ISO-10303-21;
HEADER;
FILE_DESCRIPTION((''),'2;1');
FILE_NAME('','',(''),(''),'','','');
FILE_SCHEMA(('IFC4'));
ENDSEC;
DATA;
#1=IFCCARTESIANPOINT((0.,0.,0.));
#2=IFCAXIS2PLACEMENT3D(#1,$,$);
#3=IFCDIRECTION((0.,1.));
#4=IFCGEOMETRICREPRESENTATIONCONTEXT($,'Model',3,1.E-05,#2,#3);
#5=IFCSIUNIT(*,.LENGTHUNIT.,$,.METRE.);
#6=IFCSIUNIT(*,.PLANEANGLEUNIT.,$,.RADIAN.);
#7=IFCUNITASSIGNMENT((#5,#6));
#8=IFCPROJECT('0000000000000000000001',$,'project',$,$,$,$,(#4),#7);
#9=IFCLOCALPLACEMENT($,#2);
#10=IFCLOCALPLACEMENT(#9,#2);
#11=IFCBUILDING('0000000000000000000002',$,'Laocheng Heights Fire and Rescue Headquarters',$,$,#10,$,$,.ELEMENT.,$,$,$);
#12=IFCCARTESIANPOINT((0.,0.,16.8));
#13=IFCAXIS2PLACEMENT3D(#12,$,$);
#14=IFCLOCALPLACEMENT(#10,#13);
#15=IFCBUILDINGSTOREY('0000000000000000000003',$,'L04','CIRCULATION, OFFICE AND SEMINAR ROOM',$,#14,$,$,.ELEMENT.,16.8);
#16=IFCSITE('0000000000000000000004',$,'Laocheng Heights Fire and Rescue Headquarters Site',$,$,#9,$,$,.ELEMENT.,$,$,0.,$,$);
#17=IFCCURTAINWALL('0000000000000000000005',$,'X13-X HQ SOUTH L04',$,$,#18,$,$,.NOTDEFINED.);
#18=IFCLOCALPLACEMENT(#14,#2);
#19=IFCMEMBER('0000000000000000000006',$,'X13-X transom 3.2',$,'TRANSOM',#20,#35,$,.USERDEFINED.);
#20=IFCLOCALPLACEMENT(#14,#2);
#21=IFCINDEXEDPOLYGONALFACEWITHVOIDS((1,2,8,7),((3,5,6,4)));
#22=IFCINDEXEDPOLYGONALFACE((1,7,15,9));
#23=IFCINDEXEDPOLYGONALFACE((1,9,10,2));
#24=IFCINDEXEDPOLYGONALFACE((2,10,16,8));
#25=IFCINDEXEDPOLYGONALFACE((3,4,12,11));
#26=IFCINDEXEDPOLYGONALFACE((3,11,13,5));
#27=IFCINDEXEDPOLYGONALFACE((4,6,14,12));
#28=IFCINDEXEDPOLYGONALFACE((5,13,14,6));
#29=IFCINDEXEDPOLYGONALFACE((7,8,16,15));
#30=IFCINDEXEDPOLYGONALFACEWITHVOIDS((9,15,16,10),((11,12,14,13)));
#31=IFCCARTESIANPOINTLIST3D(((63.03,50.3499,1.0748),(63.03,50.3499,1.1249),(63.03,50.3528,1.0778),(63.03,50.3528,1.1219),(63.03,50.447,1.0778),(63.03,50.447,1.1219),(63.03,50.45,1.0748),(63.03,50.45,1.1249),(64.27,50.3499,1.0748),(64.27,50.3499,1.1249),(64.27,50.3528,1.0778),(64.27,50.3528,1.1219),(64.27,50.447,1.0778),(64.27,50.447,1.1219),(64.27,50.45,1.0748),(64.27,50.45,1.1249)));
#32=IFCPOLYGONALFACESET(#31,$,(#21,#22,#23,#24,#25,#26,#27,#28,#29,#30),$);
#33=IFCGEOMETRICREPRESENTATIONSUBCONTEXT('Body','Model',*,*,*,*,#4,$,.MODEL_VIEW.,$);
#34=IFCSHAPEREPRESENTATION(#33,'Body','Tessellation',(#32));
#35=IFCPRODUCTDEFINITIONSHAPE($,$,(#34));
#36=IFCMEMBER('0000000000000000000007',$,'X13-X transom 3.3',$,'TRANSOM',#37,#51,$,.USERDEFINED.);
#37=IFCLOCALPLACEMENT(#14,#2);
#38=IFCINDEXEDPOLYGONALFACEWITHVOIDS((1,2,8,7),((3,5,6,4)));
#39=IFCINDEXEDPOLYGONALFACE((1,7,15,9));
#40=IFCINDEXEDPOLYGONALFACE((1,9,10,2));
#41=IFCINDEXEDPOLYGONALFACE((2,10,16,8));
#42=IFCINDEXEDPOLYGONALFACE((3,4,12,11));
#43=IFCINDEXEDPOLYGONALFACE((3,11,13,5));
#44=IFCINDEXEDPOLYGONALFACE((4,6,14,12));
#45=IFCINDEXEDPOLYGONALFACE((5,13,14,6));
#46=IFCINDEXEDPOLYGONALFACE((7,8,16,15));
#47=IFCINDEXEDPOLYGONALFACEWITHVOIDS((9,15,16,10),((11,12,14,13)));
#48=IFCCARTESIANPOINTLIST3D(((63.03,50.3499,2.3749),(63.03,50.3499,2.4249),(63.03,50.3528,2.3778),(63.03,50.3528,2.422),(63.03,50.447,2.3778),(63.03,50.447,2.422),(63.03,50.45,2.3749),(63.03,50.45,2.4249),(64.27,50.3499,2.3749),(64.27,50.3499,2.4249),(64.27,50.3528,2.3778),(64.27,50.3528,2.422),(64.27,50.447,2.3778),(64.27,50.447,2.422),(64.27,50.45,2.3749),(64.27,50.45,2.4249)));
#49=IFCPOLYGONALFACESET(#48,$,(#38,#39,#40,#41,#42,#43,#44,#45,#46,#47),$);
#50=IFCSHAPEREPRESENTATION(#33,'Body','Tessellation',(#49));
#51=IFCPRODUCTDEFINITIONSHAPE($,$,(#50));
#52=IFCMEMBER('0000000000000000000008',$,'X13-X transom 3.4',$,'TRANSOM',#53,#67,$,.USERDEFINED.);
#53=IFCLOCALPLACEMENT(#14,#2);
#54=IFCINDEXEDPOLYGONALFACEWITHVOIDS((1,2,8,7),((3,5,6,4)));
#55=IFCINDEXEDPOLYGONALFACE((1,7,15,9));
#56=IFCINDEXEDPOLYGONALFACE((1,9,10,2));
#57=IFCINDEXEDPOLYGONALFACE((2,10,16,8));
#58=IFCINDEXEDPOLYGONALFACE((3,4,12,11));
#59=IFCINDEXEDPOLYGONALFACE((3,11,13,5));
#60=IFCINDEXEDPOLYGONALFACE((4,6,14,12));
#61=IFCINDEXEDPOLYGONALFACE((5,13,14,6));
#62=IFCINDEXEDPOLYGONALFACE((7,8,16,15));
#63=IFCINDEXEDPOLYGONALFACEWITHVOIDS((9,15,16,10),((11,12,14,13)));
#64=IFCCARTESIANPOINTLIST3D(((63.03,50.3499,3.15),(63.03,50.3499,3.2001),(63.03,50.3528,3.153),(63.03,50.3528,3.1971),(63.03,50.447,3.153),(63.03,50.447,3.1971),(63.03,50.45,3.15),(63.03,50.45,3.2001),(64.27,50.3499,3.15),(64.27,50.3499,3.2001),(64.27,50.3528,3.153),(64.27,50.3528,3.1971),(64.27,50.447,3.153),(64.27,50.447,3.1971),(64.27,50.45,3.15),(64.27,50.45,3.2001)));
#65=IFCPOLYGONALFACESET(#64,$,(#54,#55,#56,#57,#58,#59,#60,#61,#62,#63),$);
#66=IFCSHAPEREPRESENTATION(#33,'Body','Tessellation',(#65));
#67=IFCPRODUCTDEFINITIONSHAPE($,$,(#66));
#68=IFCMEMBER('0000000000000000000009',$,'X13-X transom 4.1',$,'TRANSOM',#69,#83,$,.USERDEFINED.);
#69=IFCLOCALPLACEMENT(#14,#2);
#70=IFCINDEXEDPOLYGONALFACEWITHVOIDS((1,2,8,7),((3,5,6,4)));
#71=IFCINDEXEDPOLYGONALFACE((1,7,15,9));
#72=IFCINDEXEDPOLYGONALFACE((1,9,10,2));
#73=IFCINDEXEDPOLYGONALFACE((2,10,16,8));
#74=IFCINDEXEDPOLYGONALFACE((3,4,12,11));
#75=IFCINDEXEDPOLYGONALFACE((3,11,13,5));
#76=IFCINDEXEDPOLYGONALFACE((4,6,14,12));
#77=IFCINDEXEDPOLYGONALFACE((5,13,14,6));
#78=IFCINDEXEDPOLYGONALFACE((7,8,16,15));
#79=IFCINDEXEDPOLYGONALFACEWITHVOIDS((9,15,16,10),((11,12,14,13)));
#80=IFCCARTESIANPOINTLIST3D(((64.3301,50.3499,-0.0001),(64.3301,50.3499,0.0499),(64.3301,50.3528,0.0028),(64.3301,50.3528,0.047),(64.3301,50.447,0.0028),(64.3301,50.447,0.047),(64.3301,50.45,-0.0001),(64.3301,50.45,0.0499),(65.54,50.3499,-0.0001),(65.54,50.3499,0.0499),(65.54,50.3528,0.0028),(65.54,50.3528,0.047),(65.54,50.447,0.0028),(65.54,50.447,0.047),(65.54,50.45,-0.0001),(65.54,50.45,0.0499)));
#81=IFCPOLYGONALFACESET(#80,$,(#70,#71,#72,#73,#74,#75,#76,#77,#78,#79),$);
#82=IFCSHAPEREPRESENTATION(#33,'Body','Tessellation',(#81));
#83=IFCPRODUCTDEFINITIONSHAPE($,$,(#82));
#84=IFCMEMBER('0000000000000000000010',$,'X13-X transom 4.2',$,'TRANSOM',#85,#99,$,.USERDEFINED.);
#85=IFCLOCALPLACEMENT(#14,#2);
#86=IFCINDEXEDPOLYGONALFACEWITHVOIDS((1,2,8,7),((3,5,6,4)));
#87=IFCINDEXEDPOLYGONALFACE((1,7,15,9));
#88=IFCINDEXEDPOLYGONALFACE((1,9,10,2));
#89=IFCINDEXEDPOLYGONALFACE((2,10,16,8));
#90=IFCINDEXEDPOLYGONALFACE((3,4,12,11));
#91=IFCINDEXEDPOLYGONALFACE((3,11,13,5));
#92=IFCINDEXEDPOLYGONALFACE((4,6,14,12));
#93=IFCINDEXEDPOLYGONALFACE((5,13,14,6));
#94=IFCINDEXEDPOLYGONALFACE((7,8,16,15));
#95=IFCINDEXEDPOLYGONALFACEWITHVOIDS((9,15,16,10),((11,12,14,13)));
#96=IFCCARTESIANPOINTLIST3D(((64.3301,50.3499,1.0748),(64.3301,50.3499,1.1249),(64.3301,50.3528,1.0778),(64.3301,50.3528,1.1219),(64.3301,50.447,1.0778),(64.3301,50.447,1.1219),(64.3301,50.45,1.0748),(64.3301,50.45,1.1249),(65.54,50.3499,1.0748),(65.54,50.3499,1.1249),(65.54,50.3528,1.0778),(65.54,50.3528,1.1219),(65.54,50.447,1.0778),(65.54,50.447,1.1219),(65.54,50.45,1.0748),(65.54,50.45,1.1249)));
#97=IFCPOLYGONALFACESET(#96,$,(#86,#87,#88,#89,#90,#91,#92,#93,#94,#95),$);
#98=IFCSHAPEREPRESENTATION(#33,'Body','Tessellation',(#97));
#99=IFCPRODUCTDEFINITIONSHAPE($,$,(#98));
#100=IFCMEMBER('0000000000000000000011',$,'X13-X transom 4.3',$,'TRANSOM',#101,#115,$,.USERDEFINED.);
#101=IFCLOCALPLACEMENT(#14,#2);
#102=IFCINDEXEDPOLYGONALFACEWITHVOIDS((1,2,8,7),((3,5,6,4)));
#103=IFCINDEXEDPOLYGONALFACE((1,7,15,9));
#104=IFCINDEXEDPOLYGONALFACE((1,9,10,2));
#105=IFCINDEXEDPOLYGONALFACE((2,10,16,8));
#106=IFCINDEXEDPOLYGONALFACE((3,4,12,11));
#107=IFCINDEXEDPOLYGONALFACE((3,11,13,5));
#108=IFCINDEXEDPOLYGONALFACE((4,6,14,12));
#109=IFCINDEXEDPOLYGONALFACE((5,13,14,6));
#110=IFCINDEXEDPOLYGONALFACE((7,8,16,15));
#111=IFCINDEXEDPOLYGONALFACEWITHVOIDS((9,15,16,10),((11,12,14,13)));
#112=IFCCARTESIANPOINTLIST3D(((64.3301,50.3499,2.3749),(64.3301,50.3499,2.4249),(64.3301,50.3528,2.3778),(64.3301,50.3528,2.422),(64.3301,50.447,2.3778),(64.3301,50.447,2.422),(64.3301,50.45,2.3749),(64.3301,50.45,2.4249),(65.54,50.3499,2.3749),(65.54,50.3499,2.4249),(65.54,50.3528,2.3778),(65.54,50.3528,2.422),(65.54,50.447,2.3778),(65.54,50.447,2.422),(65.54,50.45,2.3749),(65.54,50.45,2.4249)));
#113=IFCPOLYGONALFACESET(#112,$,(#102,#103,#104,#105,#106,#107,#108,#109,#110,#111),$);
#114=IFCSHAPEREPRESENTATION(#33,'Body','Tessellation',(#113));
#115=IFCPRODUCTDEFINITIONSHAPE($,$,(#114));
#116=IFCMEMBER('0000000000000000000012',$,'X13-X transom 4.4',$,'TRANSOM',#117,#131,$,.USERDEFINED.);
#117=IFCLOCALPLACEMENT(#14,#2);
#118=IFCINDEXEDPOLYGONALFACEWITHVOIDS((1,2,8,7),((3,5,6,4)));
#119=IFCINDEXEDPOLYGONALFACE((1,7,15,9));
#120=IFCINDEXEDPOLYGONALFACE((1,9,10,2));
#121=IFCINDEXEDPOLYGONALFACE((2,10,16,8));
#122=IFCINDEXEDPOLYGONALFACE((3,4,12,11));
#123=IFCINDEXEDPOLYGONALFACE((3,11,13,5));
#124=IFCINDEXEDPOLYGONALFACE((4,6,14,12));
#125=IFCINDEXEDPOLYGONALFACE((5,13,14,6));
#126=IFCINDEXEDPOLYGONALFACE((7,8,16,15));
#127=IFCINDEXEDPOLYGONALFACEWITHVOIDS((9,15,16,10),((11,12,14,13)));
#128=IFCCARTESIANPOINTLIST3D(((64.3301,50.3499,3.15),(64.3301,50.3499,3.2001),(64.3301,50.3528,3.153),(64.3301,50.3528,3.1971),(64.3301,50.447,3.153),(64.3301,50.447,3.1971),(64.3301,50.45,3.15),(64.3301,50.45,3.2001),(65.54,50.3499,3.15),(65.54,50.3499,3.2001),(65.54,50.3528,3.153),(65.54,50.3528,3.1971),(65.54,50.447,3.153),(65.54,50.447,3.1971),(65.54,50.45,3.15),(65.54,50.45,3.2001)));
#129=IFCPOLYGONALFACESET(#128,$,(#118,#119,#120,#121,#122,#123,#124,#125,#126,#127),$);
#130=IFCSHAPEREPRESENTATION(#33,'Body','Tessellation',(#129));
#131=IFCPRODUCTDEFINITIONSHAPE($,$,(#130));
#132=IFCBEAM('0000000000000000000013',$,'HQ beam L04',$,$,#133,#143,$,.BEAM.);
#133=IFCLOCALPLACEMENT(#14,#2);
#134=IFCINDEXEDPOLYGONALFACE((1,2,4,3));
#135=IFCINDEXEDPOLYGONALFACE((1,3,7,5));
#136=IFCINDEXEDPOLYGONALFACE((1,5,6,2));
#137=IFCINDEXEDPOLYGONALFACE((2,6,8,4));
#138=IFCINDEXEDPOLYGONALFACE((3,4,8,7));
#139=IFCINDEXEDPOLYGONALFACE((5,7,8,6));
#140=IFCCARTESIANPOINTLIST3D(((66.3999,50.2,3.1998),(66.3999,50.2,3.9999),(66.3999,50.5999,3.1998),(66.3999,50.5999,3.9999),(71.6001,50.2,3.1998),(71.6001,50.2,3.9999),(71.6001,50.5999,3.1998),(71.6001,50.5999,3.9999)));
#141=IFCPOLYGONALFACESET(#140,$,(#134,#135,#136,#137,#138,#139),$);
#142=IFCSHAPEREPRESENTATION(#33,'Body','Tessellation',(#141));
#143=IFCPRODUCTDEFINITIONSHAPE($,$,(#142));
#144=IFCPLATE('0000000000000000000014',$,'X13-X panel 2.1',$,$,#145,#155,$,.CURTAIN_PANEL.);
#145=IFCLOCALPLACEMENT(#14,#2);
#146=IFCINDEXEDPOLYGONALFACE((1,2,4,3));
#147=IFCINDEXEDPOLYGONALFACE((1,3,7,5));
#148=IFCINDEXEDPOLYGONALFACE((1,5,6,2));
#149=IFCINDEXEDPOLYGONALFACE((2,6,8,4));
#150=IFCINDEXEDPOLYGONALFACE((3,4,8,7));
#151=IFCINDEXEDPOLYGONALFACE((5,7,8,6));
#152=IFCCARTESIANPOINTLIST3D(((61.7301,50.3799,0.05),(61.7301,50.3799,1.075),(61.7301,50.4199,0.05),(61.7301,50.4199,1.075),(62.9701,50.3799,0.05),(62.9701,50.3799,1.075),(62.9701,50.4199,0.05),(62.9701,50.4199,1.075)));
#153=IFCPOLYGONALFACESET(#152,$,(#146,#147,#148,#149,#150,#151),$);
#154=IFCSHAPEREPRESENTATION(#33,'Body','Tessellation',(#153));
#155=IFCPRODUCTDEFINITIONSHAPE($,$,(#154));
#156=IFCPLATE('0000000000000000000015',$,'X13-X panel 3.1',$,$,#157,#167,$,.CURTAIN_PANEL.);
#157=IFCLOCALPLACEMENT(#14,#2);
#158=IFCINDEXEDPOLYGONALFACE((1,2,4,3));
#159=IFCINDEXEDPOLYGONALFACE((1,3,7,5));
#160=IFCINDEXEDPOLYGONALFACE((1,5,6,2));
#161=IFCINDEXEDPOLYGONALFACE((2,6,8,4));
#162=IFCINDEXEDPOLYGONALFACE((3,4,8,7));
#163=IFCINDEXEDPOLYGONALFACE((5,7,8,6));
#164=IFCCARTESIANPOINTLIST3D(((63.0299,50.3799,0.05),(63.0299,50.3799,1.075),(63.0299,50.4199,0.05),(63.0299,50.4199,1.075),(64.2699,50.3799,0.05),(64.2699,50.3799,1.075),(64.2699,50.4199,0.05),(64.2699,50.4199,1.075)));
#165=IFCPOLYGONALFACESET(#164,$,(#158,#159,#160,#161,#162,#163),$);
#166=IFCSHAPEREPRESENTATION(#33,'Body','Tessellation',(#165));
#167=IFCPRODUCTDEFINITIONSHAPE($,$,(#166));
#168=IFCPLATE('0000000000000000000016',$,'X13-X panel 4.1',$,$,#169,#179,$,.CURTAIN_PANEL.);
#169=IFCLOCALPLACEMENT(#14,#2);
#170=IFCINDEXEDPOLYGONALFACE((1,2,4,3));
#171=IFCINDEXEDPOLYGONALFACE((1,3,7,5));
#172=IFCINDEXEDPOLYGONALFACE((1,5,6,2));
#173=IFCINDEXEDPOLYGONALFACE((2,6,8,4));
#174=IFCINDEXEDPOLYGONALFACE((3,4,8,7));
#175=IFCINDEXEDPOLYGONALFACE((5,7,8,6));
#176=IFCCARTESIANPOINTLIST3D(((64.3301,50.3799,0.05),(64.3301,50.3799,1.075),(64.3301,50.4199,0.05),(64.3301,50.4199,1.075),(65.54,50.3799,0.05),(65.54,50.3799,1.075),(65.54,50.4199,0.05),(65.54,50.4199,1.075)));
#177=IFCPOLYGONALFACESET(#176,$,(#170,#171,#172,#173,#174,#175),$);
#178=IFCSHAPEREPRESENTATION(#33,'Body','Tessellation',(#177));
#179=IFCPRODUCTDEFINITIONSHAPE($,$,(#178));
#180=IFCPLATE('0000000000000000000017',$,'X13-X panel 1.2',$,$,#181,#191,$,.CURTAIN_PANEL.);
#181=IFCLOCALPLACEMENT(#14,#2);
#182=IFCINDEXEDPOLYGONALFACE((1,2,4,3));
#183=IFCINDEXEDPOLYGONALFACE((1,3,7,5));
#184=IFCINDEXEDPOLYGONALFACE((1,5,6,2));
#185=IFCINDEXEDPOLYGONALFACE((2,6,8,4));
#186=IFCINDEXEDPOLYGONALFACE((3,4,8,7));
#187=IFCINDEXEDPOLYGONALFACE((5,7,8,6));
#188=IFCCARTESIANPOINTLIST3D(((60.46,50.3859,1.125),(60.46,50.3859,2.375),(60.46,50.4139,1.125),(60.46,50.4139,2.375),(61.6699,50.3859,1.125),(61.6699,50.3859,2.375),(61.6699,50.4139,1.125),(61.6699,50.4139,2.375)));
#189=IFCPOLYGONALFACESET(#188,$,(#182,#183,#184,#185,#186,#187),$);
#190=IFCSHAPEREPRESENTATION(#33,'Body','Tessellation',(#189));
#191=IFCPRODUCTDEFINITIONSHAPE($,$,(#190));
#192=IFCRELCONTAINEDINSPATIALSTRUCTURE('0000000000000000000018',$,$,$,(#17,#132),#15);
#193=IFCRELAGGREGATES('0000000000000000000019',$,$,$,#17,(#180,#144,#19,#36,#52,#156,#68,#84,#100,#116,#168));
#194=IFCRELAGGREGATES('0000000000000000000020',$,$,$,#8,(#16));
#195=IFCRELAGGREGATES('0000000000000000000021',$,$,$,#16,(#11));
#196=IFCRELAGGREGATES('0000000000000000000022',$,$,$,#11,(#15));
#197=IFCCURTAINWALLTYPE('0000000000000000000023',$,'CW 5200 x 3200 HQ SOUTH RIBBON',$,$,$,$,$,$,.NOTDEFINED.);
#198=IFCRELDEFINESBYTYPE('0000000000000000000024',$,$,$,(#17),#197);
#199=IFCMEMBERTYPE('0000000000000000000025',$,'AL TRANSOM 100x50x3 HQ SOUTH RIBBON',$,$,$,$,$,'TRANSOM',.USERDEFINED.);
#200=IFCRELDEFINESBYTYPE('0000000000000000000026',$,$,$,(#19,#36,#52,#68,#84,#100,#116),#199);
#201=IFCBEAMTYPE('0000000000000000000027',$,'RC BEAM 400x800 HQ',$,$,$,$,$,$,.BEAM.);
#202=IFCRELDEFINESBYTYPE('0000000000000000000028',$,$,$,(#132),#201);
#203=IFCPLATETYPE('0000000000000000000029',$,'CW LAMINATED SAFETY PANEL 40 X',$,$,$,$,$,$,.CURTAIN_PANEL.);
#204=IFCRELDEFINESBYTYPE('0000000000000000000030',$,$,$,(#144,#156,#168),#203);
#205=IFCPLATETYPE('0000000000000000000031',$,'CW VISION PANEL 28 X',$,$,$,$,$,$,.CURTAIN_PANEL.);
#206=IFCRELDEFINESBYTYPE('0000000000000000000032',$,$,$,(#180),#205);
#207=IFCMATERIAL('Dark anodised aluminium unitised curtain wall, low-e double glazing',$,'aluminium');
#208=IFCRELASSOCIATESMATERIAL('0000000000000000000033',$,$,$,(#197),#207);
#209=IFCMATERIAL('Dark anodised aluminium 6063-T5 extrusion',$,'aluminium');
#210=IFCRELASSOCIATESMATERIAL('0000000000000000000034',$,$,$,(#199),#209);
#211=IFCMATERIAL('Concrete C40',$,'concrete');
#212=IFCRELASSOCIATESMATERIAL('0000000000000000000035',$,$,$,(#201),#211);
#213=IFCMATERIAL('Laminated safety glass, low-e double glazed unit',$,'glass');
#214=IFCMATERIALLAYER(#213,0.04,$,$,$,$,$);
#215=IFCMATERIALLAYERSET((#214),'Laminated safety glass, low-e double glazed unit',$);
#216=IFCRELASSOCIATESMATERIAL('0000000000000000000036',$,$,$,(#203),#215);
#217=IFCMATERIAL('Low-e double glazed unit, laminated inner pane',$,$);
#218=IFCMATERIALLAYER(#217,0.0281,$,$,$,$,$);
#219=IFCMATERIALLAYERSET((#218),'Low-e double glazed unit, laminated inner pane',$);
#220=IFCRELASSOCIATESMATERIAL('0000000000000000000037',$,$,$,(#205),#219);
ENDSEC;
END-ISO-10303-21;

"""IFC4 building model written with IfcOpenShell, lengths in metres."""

from ifc_helpers import new_model, si_unit, direction, frame, origin, origin_2d, place, context, subcontext, project, spatial, rectangle, hollow_rectangle, extrude, material, layer, layer_set, material_profile, profile_set, type_object, element, aggregate, save


model = new_model("IFC4")

# Units and contexts
model_context = context("Model", 3, precision=1e-05, world=origin(), true_north=direction((0.0, 1.0)))
body_context = subcontext(model_context, "Body", "Model", "MODEL_VIEW")
ifc_project = project(units=[si_unit("LENGTHUNIT", "METRE"), si_unit("PLANEANGLEUNIT", "RADIAN")], contexts=[model_context])

# Site, building, storey
site_placement = place(None, origin())
site = spatial("IfcSite", under=ifc_project, at=site_placement, Name="Laocheng Heights Fire and Rescue Headquarters Site", CompositionType="ELEMENT", RefElevation=0.0)
building_placement = place(site_placement, origin())
building = spatial("IfcBuilding", under=site, at=building_placement, Name="Laocheng Heights Fire and Rescue Headquarters", CompositionType="ELEMENT")
storey_placement = place(building_placement, frame((0.0, 0.0, 16.8)))
storey = spatial("IfcBuildingStorey", under=building, at=storey_placement, Name="L04", Description="CIRCULATION, OFFICE AND SEMINAR ROOM", CompositionType="ELEMENT", Elevation=16.8)

# Curtain wall
ifc_material_1 = material(Name="Dark anodised aluminium unitised curtain wall, low-e double glazing", Category="aluminium")
curtain_wall_type = type_object("IfcCurtainWallType", Name="CW 5200 x 3200 HQ SOUTH RIBBON", PredefinedType="NOTDEFINED", material=ifc_material_1)
curtain_wall_1_placement = place(storey_placement, origin())
curtain_wall_1 = element("IfcCurtainWall", 1, at=curtain_wall_1_placement, inside=storey, type_object=curtain_wall_type, Name="X13-X HQ SOUTH L04", PredefinedType="NOTDEFINED")

# Members
ifc_material_2 = material(Name="Dark anodised aluminium 6063-T5 extrusion", Category="aluminium")
ifc_material_profile_1 = material_profile(ifc_material_2, hollow_rectangle(XDim=0.1001, YDim=0.05, WallThickness=0.0029, at=origin_2d()), Name="AL TRANSOM 100x50x3 HQ SOUTH RIBBON")
ifc_profile_set_1 = profile_set([ifc_material_profile_1], Name="Dark anodised aluminium 6063-T5 extrusion")
member_type_1 = type_object("IfcMemberType", Name="AL TRANSOM 100x50x3 HQ SOUTH RIBBON", ElementType="TRANSOM", PredefinedType="USERDEFINED", material=ifc_profile_set_1)
member_1_placement = place(storey_placement, frame((63.03, 50.3999, 1.0999), z_axis=(1.0, 0.0, 0.0), x_axis=(0.0, 1.0, 0.0)))
member_1 = element("IfcMember", 2, at=member_1_placement, type_object=member_type_1, Name="X13-X transom 3.2", ObjectType="TRANSOM", PredefinedType="USERDEFINED", context=body_context, shape_type="SweptSolid", body=[
    extrude(hollow_rectangle(XDim=0.1001, YDim=0.05, WallThickness=0.0029, at=origin_2d()), origin(), (0.0, 0.0, 1.0), 1.24),
])
member_2_placement = place(storey_placement, frame((63.03, 50.3999, 2.3999), z_axis=(1.0, 0.0, 0.0), x_axis=(0.0, 1.0, 0.0)))
member_2 = element("IfcMember", 3, at=member_2_placement, type_object=member_type_1, Name="X13-X transom 3.3", ObjectType="TRANSOM", PredefinedType="USERDEFINED", context=body_context, shape_type="SweptSolid", body=[
    extrude(hollow_rectangle(XDim=0.1001, YDim=0.05, WallThickness=0.0029, at=origin_2d()), origin(), (0.0, 0.0, 1.0), 1.24),
])
member_3_placement = place(storey_placement, frame((63.03, 50.3999, 3.175), z_axis=(1.0, 0.0, 0.0), x_axis=(0.0, 1.0, 0.0)))
member_3 = element("IfcMember", 4, at=member_3_placement, type_object=member_type_1, Name="X13-X transom 3.4", ObjectType="TRANSOM", PredefinedType="USERDEFINED", context=body_context, shape_type="SweptSolid", body=[
    extrude(hollow_rectangle(XDim=0.1001, YDim=0.05, WallThickness=0.0029, at=origin_2d()), origin(), (0.0, 0.0, 1.0), 1.24),
])
member_4_placement = place(storey_placement, frame((64.3301, 50.3999, 0.0249), z_axis=(1.0, 0.0, 0.0), x_axis=(0.0, 1.0, 0.0)))
member_4 = element("IfcMember", 5, at=member_4_placement, type_object=member_type_1, Name="X13-X transom 4.1", ObjectType="TRANSOM", PredefinedType="USERDEFINED", context=body_context, shape_type="SweptSolid", body=[
    extrude(hollow_rectangle(XDim=0.1001, YDim=0.05, WallThickness=0.0029, at=origin_2d()), origin(), (0.0, 0.0, 1.0), 1.21),
])
member_5_placement = place(storey_placement, frame((64.3301, 50.3999, 1.0999), z_axis=(1.0, 0.0, 0.0), x_axis=(0.0, 1.0, 0.0)))
member_5 = element("IfcMember", 6, at=member_5_placement, type_object=member_type_1, Name="X13-X transom 4.2", ObjectType="TRANSOM", PredefinedType="USERDEFINED", context=body_context, shape_type="SweptSolid", body=[
    extrude(hollow_rectangle(XDim=0.1001, YDim=0.05, WallThickness=0.0029, at=origin_2d()), origin(), (0.0, 0.0, 1.0), 1.21),
])
member_6_placement = place(storey_placement, frame((64.3301, 50.3999, 2.3999), z_axis=(1.0, 0.0, 0.0), x_axis=(0.0, 1.0, 0.0)))
member_6 = element("IfcMember", 7, at=member_6_placement, type_object=member_type_1, Name="X13-X transom 4.3", ObjectType="TRANSOM", PredefinedType="USERDEFINED", context=body_context, shape_type="SweptSolid", body=[
    extrude(hollow_rectangle(XDim=0.1001, YDim=0.05, WallThickness=0.0029, at=origin_2d()), origin(), (0.0, 0.0, 1.0), 1.21),
])
member_7_placement = place(storey_placement, frame((64.3301, 50.3999, 3.175), z_axis=(1.0, 0.0, 0.0), x_axis=(0.0, 1.0, 0.0)))
member_7 = element("IfcMember", 8, at=member_7_placement, type_object=member_type_1, Name="X13-X transom 4.4", ObjectType="TRANSOM", PredefinedType="USERDEFINED", context=body_context, shape_type="SweptSolid", body=[
    extrude(hollow_rectangle(XDim=0.1001, YDim=0.05, WallThickness=0.0029, at=origin_2d()), origin(), (0.0, 0.0, 1.0), 1.21),
])

# Beam
ifc_material_3 = material(Name="Concrete C40", Category="concrete")
ifc_material_profile_2 = material_profile(ifc_material_3, rectangle(XDim=0.3999, YDim=0.8, at=origin_2d()), Name="RC BEAM 400x800 HQ")
ifc_profile_set_2 = profile_set([ifc_material_profile_2], Name="Concrete C40")
beam_type = type_object("IfcBeamType", Name="RC BEAM 400x800 HQ", PredefinedType="BEAM", material=ifc_profile_set_2)
beam_placement = place(storey_placement, frame((66.3999, 50.3999, 3.5999), z_axis=(1.0, 0.0, 0.0), x_axis=(0.0, 1.0, 0.0)))
element("IfcBeam", 9, at=beam_placement, inside=storey, type_object=beam_type, Name="HQ beam L04", PredefinedType="BEAM", context=body_context, shape_type="SweptSolid", body=[
    extrude(rectangle(XDim=0.3999, YDim=0.8, at=origin_2d()), origin(), (0.0, 0.0, 1.0), 5.2002),
])

# Plates
ifc_material_4 = material(Name="Laminated safety glass, low-e double glazed unit", Category="glass")
ifc_layer_1 = layer(ifc_material_4, 0.04)
ifc_layer_set_1 = layer_set([ifc_layer_1], Name="Laminated safety glass, low-e double glazed unit")
plate_type_1 = type_object("IfcPlateType", Name="CW LAMINATED SAFETY PANEL 40 X", PredefinedType="CURTAIN_PANEL", material=ifc_layer_set_1)
plate_1_placement = place(storey_placement, frame((62.3501, 50.3999, 0.05), z_axis=(0.0, 0.0, 1.0), x_axis=(1.0, 0.0, 0.0)))
plate_1 = element("IfcPlate", 10, at=plate_1_placement, type_object=plate_type_1, Name="X13-X panel 2.1", PredefinedType="CURTAIN_PANEL", context=body_context, shape_type="SweptSolid", body=[
    extrude(rectangle(XDim=1.24, YDim=0.04, at=origin_2d()), origin(), (0.0, 0.0, 1.0), 1.0249),
])
plate_2_placement = place(storey_placement, frame((63.6499, 50.3999, 0.05), z_axis=(0.0, 0.0, 1.0), x_axis=(1.0, 0.0, 0.0)))
plate_2 = element("IfcPlate", 11, at=plate_2_placement, type_object=plate_type_1, Name="X13-X panel 3.1", PredefinedType="CURTAIN_PANEL", context=body_context, shape_type="SweptSolid", body=[
    extrude(rectangle(XDim=1.24, YDim=0.04, at=origin_2d()), origin(), (0.0, 0.0, 1.0), 1.0249),
])
plate_3_placement = place(storey_placement, frame((64.9351, 50.3999, 0.05), z_axis=(0.0, 0.0, 1.0), x_axis=(1.0, 0.0, 0.0)))
plate_3 = element("IfcPlate", 12, at=plate_3_placement, type_object=plate_type_1, Name="X13-X panel 4.1", PredefinedType="CURTAIN_PANEL", context=body_context, shape_type="SweptSolid", body=[
    extrude(rectangle(XDim=1.21, YDim=0.04, at=origin_2d()), origin(), (0.0, 0.0, 1.0), 1.0249),
])
ifc_material_5 = material(Name="Low-e double glazed unit, laminated inner pane")
ifc_layer_2 = layer(ifc_material_5, 0.0281)
ifc_layer_set_2 = layer_set([ifc_layer_2], Name="Low-e double glazed unit, laminated inner pane")
plate_type_2 = type_object("IfcPlateType", Name="CW VISION PANEL 28 X", PredefinedType="CURTAIN_PANEL", material=ifc_layer_set_2)
plate_4_placement = place(storey_placement, frame((61.0649, 50.3999, 1.125), z_axis=(0.0, 0.0, 1.0), x_axis=(1.0, 0.0, 0.0)))
plate_4 = element("IfcPlate", 13, at=plate_4_placement, type_object=plate_type_2, Name="X13-X panel 1.2", PredefinedType="CURTAIN_PANEL", context=body_context, shape_type="SweptSolid", body=[
    extrude(rectangle(XDim=1.21, YDim=0.0281, at=origin_2d()), origin(), (0.0, 0.0, 1.0), 1.25),
])
aggregate(curtain_wall_1, [plate_4, plate_1, member_1, member_2, member_3, plate_2, member_4, member_5, member_6, member_7, plate_3])

save(model, "model.ifc")
